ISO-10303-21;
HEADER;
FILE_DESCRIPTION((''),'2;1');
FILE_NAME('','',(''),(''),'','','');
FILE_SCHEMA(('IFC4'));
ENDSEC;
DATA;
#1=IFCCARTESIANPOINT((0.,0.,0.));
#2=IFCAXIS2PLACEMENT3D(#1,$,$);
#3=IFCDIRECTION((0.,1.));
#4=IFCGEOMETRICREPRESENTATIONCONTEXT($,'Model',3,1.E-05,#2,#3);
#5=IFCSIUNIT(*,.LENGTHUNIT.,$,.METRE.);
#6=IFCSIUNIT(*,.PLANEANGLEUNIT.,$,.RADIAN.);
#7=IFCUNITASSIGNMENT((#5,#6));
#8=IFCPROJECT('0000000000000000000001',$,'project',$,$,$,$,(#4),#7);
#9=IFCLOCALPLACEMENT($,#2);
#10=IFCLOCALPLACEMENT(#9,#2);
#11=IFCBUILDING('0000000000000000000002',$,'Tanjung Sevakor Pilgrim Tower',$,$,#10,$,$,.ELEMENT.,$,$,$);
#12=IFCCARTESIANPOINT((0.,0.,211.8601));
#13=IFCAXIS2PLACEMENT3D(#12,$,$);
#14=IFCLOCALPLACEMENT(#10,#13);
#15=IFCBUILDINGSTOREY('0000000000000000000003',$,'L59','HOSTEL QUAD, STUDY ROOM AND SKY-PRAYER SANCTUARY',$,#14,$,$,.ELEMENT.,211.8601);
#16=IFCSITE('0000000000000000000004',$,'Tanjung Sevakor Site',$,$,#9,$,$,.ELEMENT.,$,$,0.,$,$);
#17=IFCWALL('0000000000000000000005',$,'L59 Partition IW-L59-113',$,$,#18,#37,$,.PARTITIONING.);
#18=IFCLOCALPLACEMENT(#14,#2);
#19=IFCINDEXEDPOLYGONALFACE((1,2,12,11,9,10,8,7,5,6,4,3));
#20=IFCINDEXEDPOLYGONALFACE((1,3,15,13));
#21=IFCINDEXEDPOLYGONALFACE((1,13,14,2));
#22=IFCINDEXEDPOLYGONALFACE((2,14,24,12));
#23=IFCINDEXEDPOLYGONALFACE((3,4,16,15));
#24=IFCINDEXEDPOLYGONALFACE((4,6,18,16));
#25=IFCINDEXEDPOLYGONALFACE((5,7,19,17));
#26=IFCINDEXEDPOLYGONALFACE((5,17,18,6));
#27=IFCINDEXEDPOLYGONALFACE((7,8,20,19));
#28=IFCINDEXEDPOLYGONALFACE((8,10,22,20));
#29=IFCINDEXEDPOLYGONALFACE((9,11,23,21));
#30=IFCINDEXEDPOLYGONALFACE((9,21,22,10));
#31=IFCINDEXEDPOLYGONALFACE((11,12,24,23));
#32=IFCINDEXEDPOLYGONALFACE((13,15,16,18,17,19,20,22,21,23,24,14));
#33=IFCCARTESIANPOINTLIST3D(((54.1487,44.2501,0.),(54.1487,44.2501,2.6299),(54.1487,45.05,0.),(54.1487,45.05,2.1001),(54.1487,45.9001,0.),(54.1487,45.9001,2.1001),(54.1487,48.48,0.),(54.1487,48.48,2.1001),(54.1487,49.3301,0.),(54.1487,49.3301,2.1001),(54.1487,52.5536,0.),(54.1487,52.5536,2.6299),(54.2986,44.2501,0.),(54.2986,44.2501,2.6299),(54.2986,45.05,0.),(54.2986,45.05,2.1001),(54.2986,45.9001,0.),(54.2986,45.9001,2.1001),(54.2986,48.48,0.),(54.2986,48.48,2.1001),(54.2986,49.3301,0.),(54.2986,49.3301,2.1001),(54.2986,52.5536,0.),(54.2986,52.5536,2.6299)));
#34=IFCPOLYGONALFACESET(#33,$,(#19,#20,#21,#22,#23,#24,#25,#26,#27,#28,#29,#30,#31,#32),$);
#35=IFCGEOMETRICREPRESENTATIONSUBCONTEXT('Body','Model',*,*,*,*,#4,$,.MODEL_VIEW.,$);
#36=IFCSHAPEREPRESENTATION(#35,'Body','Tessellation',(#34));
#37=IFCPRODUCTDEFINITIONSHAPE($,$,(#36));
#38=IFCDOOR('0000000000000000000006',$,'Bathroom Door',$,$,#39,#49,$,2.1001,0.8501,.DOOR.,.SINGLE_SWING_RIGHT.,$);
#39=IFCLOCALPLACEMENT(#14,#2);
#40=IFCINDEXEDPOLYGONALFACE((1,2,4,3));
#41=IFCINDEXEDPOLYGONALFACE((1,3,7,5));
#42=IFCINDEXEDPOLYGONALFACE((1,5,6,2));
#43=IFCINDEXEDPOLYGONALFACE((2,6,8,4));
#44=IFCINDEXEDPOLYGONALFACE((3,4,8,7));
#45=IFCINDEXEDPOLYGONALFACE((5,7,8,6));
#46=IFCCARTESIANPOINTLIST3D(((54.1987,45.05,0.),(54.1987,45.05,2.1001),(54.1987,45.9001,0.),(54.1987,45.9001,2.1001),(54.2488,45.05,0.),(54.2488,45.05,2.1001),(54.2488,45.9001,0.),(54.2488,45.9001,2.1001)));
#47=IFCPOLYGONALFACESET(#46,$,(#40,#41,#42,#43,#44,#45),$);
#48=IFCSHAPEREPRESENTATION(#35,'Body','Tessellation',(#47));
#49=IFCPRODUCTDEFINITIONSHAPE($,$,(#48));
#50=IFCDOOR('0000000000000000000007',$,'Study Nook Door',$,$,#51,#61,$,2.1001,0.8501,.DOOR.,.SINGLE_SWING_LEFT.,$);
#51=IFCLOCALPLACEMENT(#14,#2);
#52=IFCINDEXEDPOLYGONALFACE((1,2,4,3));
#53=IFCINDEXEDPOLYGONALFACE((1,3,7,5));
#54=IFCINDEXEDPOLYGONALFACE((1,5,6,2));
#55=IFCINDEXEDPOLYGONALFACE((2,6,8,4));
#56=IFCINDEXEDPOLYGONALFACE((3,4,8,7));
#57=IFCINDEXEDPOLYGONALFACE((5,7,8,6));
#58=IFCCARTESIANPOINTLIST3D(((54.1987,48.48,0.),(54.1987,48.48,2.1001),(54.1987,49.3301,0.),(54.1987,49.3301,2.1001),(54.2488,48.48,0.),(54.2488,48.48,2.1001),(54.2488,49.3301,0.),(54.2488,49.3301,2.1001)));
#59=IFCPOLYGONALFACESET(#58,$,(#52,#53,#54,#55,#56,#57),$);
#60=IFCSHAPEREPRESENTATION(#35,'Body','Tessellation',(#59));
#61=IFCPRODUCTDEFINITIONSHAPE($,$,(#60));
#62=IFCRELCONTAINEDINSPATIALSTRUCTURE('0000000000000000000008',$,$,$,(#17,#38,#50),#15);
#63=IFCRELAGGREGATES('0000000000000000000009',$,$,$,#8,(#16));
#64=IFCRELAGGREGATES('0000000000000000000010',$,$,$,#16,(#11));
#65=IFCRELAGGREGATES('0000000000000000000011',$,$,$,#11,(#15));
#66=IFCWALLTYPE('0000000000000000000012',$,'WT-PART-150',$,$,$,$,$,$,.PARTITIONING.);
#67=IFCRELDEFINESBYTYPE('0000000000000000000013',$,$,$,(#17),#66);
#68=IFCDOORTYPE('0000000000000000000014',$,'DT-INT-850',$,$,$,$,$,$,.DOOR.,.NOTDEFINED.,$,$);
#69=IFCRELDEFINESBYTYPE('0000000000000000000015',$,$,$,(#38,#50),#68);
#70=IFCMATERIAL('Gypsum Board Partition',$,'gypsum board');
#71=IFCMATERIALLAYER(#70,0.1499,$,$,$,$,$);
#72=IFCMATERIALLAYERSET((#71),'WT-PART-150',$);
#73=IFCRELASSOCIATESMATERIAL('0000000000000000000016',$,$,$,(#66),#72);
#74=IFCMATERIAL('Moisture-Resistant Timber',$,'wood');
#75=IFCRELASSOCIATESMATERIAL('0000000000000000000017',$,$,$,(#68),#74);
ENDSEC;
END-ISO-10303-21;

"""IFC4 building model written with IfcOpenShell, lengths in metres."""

from ifc_helpers import new_model, si_unit, direction, frame, frame_2d, origin, place, context, subcontext, project, spatial, rectangle, extrude, material, layer, layer_set, type_object, element, fill, save


model = new_model("IFC4")

# Units and contexts
model_context = context("Model", 3, precision=1e-05, world=origin(), true_north=direction((0.0, 1.0)))
body_context = subcontext(model_context, "Body", "Model", "MODEL_VIEW")
ifc_project = project(units=[si_unit("LENGTHUNIT", "METRE"), si_unit("PLANEANGLEUNIT", "RADIAN")], contexts=[model_context])

# Site, building, storey
site_placement = place(None, origin())
site = spatial("IfcSite", under=ifc_project, at=site_placement, Name="Tanjung Sevakor Site", CompositionType="ELEMENT", RefElevation=0.0)
building_placement = place(site_placement, origin())
building = spatial("IfcBuilding", under=site, at=building_placement, Name="Tanjung Sevakor Pilgrim Tower", CompositionType="ELEMENT")
storey_placement = place(building_placement, frame((0.0, 0.0, 211.8601)))
storey = spatial("IfcBuildingStorey", under=building, at=storey_placement, Name="L59", Description="HOSTEL QUAD, STUDY ROOM AND SKY-PRAYER SANCTUARY", CompositionType="ELEMENT", Elevation=211.8601)

# Shared definitions
ifc_material_1 = material(Name="Gypsum Board Partition", Category="gypsum board")
ifc_layer_1 = layer(ifc_material_1, 0.1499)
ifc_layer_set_1 = layer_set([ifc_layer_1], Name="WT-PART-150")
wall_type_1 = type_object("IfcWallType", Name="WT-PART-150", PredefinedType="PARTITIONING", material=ifc_layer_set_1)

# Wall, openings, doors
wall_1_placement = place(storey_placement, frame((54.2236, 44.25, 0.0), z_axis=(0.0, 0.0, 1.0), x_axis=(0.0, 1.0, 0.0)))
wall_1 = element("IfcWall", 1, at=wall_1_placement, inside=storey, type_object=wall_type_1, Name="L59 Partition IW-L59-113", PredefinedType="PARTITIONING", context=body_context, shape_type="SweptSolid", body=[
    extrude(rectangle(XDim=8.3035, YDim=0.1499, at=frame_2d((4.1519, 0.0))), origin(), (0.0, 0.0, 1.0), 2.6299),
])
opening_1_placement = place(wall_1_placement, frame((0.8, 0.0, 0.0)))
opening_1 = element("IfcOpeningElement", 2, at=opening_1_placement, cuts=wall_1, PredefinedType="OPENING", context=body_context, shape_type="SweptSolid", body=[
    extrude(rectangle(XDim=0.8501, YDim=2.1001, at=frame_2d((0.425, 1.05))), frame((0.0, 0.085, 0.0), z_axis=(0.0, -1.0, 0.0), x_axis=(1.0, 0.0, 0.0)), (0.0, 0.0, 1.0), 0.1699),
])
opening_2_placement = place(wall_1_placement, frame((4.23, 0.0, 0.0)))
opening_2 = element("IfcOpeningElement", 3, at=opening_2_placement, cuts=wall_1, PredefinedType="OPENING", context=body_context, shape_type="SweptSolid", body=[
    extrude(rectangle(XDim=0.8501, YDim=2.1001, at=frame_2d((0.425, 1.05))), frame((0.0, 0.085, 0.0), z_axis=(0.0, -1.0, 0.0), x_axis=(1.0, 0.0, 0.0)), (0.0, 0.0, 1.0), 0.1699),
])
ifc_material_2 = material(Name="Moisture-Resistant Timber", Category="wood")
door_type_1 = type_object("IfcDoorType", Name="DT-INT-850", OperationType="NOTDEFINED", PredefinedType="DOOR", material=ifc_material_2)
door_1_placement = place(opening_1_placement, origin())
door_1 = element("IfcDoor", 4, at=door_1_placement, inside=storey, type_object=door_type_1, Name="Bathroom Door", OperationType="SINGLE_SWING_RIGHT", OverallHeight=2.1001, OverallWidth=0.8501, PredefinedType="DOOR", context=body_context, shape_type="SweptSolid", body=[
    extrude(rectangle(XDim=0.8501, YDim=2.1001, at=frame_2d((0.425, 1.05))), frame((0.0, 0.0249, 0.0), z_axis=(0.0, -1.0, 0.0), x_axis=(1.0, 0.0, 0.0)), (0.0, 0.0, 1.0), 0.05),
])
fill(opening_1, door_1)
door_2_placement = place(opening_2_placement, origin())
door_2 = element("IfcDoor", 5, at=door_2_placement, inside=storey, type_object=door_type_1, Name="Study Nook Door", OperationType="SINGLE_SWING_LEFT", OverallHeight=2.1001, OverallWidth=0.8501, PredefinedType="DOOR", context=body_context, shape_type="SweptSolid", body=[
    extrude(rectangle(XDim=0.8501, YDim=2.1001, at=frame_2d((0.425, 1.05))), frame((0.0, 0.0249, 0.0), z_axis=(0.0, -1.0, 0.0), x_axis=(1.0, 0.0, 0.0)), (0.0, 0.0, 1.0), 0.05),
])
fill(opening_2, door_2)

save(model, "model.ifc")
